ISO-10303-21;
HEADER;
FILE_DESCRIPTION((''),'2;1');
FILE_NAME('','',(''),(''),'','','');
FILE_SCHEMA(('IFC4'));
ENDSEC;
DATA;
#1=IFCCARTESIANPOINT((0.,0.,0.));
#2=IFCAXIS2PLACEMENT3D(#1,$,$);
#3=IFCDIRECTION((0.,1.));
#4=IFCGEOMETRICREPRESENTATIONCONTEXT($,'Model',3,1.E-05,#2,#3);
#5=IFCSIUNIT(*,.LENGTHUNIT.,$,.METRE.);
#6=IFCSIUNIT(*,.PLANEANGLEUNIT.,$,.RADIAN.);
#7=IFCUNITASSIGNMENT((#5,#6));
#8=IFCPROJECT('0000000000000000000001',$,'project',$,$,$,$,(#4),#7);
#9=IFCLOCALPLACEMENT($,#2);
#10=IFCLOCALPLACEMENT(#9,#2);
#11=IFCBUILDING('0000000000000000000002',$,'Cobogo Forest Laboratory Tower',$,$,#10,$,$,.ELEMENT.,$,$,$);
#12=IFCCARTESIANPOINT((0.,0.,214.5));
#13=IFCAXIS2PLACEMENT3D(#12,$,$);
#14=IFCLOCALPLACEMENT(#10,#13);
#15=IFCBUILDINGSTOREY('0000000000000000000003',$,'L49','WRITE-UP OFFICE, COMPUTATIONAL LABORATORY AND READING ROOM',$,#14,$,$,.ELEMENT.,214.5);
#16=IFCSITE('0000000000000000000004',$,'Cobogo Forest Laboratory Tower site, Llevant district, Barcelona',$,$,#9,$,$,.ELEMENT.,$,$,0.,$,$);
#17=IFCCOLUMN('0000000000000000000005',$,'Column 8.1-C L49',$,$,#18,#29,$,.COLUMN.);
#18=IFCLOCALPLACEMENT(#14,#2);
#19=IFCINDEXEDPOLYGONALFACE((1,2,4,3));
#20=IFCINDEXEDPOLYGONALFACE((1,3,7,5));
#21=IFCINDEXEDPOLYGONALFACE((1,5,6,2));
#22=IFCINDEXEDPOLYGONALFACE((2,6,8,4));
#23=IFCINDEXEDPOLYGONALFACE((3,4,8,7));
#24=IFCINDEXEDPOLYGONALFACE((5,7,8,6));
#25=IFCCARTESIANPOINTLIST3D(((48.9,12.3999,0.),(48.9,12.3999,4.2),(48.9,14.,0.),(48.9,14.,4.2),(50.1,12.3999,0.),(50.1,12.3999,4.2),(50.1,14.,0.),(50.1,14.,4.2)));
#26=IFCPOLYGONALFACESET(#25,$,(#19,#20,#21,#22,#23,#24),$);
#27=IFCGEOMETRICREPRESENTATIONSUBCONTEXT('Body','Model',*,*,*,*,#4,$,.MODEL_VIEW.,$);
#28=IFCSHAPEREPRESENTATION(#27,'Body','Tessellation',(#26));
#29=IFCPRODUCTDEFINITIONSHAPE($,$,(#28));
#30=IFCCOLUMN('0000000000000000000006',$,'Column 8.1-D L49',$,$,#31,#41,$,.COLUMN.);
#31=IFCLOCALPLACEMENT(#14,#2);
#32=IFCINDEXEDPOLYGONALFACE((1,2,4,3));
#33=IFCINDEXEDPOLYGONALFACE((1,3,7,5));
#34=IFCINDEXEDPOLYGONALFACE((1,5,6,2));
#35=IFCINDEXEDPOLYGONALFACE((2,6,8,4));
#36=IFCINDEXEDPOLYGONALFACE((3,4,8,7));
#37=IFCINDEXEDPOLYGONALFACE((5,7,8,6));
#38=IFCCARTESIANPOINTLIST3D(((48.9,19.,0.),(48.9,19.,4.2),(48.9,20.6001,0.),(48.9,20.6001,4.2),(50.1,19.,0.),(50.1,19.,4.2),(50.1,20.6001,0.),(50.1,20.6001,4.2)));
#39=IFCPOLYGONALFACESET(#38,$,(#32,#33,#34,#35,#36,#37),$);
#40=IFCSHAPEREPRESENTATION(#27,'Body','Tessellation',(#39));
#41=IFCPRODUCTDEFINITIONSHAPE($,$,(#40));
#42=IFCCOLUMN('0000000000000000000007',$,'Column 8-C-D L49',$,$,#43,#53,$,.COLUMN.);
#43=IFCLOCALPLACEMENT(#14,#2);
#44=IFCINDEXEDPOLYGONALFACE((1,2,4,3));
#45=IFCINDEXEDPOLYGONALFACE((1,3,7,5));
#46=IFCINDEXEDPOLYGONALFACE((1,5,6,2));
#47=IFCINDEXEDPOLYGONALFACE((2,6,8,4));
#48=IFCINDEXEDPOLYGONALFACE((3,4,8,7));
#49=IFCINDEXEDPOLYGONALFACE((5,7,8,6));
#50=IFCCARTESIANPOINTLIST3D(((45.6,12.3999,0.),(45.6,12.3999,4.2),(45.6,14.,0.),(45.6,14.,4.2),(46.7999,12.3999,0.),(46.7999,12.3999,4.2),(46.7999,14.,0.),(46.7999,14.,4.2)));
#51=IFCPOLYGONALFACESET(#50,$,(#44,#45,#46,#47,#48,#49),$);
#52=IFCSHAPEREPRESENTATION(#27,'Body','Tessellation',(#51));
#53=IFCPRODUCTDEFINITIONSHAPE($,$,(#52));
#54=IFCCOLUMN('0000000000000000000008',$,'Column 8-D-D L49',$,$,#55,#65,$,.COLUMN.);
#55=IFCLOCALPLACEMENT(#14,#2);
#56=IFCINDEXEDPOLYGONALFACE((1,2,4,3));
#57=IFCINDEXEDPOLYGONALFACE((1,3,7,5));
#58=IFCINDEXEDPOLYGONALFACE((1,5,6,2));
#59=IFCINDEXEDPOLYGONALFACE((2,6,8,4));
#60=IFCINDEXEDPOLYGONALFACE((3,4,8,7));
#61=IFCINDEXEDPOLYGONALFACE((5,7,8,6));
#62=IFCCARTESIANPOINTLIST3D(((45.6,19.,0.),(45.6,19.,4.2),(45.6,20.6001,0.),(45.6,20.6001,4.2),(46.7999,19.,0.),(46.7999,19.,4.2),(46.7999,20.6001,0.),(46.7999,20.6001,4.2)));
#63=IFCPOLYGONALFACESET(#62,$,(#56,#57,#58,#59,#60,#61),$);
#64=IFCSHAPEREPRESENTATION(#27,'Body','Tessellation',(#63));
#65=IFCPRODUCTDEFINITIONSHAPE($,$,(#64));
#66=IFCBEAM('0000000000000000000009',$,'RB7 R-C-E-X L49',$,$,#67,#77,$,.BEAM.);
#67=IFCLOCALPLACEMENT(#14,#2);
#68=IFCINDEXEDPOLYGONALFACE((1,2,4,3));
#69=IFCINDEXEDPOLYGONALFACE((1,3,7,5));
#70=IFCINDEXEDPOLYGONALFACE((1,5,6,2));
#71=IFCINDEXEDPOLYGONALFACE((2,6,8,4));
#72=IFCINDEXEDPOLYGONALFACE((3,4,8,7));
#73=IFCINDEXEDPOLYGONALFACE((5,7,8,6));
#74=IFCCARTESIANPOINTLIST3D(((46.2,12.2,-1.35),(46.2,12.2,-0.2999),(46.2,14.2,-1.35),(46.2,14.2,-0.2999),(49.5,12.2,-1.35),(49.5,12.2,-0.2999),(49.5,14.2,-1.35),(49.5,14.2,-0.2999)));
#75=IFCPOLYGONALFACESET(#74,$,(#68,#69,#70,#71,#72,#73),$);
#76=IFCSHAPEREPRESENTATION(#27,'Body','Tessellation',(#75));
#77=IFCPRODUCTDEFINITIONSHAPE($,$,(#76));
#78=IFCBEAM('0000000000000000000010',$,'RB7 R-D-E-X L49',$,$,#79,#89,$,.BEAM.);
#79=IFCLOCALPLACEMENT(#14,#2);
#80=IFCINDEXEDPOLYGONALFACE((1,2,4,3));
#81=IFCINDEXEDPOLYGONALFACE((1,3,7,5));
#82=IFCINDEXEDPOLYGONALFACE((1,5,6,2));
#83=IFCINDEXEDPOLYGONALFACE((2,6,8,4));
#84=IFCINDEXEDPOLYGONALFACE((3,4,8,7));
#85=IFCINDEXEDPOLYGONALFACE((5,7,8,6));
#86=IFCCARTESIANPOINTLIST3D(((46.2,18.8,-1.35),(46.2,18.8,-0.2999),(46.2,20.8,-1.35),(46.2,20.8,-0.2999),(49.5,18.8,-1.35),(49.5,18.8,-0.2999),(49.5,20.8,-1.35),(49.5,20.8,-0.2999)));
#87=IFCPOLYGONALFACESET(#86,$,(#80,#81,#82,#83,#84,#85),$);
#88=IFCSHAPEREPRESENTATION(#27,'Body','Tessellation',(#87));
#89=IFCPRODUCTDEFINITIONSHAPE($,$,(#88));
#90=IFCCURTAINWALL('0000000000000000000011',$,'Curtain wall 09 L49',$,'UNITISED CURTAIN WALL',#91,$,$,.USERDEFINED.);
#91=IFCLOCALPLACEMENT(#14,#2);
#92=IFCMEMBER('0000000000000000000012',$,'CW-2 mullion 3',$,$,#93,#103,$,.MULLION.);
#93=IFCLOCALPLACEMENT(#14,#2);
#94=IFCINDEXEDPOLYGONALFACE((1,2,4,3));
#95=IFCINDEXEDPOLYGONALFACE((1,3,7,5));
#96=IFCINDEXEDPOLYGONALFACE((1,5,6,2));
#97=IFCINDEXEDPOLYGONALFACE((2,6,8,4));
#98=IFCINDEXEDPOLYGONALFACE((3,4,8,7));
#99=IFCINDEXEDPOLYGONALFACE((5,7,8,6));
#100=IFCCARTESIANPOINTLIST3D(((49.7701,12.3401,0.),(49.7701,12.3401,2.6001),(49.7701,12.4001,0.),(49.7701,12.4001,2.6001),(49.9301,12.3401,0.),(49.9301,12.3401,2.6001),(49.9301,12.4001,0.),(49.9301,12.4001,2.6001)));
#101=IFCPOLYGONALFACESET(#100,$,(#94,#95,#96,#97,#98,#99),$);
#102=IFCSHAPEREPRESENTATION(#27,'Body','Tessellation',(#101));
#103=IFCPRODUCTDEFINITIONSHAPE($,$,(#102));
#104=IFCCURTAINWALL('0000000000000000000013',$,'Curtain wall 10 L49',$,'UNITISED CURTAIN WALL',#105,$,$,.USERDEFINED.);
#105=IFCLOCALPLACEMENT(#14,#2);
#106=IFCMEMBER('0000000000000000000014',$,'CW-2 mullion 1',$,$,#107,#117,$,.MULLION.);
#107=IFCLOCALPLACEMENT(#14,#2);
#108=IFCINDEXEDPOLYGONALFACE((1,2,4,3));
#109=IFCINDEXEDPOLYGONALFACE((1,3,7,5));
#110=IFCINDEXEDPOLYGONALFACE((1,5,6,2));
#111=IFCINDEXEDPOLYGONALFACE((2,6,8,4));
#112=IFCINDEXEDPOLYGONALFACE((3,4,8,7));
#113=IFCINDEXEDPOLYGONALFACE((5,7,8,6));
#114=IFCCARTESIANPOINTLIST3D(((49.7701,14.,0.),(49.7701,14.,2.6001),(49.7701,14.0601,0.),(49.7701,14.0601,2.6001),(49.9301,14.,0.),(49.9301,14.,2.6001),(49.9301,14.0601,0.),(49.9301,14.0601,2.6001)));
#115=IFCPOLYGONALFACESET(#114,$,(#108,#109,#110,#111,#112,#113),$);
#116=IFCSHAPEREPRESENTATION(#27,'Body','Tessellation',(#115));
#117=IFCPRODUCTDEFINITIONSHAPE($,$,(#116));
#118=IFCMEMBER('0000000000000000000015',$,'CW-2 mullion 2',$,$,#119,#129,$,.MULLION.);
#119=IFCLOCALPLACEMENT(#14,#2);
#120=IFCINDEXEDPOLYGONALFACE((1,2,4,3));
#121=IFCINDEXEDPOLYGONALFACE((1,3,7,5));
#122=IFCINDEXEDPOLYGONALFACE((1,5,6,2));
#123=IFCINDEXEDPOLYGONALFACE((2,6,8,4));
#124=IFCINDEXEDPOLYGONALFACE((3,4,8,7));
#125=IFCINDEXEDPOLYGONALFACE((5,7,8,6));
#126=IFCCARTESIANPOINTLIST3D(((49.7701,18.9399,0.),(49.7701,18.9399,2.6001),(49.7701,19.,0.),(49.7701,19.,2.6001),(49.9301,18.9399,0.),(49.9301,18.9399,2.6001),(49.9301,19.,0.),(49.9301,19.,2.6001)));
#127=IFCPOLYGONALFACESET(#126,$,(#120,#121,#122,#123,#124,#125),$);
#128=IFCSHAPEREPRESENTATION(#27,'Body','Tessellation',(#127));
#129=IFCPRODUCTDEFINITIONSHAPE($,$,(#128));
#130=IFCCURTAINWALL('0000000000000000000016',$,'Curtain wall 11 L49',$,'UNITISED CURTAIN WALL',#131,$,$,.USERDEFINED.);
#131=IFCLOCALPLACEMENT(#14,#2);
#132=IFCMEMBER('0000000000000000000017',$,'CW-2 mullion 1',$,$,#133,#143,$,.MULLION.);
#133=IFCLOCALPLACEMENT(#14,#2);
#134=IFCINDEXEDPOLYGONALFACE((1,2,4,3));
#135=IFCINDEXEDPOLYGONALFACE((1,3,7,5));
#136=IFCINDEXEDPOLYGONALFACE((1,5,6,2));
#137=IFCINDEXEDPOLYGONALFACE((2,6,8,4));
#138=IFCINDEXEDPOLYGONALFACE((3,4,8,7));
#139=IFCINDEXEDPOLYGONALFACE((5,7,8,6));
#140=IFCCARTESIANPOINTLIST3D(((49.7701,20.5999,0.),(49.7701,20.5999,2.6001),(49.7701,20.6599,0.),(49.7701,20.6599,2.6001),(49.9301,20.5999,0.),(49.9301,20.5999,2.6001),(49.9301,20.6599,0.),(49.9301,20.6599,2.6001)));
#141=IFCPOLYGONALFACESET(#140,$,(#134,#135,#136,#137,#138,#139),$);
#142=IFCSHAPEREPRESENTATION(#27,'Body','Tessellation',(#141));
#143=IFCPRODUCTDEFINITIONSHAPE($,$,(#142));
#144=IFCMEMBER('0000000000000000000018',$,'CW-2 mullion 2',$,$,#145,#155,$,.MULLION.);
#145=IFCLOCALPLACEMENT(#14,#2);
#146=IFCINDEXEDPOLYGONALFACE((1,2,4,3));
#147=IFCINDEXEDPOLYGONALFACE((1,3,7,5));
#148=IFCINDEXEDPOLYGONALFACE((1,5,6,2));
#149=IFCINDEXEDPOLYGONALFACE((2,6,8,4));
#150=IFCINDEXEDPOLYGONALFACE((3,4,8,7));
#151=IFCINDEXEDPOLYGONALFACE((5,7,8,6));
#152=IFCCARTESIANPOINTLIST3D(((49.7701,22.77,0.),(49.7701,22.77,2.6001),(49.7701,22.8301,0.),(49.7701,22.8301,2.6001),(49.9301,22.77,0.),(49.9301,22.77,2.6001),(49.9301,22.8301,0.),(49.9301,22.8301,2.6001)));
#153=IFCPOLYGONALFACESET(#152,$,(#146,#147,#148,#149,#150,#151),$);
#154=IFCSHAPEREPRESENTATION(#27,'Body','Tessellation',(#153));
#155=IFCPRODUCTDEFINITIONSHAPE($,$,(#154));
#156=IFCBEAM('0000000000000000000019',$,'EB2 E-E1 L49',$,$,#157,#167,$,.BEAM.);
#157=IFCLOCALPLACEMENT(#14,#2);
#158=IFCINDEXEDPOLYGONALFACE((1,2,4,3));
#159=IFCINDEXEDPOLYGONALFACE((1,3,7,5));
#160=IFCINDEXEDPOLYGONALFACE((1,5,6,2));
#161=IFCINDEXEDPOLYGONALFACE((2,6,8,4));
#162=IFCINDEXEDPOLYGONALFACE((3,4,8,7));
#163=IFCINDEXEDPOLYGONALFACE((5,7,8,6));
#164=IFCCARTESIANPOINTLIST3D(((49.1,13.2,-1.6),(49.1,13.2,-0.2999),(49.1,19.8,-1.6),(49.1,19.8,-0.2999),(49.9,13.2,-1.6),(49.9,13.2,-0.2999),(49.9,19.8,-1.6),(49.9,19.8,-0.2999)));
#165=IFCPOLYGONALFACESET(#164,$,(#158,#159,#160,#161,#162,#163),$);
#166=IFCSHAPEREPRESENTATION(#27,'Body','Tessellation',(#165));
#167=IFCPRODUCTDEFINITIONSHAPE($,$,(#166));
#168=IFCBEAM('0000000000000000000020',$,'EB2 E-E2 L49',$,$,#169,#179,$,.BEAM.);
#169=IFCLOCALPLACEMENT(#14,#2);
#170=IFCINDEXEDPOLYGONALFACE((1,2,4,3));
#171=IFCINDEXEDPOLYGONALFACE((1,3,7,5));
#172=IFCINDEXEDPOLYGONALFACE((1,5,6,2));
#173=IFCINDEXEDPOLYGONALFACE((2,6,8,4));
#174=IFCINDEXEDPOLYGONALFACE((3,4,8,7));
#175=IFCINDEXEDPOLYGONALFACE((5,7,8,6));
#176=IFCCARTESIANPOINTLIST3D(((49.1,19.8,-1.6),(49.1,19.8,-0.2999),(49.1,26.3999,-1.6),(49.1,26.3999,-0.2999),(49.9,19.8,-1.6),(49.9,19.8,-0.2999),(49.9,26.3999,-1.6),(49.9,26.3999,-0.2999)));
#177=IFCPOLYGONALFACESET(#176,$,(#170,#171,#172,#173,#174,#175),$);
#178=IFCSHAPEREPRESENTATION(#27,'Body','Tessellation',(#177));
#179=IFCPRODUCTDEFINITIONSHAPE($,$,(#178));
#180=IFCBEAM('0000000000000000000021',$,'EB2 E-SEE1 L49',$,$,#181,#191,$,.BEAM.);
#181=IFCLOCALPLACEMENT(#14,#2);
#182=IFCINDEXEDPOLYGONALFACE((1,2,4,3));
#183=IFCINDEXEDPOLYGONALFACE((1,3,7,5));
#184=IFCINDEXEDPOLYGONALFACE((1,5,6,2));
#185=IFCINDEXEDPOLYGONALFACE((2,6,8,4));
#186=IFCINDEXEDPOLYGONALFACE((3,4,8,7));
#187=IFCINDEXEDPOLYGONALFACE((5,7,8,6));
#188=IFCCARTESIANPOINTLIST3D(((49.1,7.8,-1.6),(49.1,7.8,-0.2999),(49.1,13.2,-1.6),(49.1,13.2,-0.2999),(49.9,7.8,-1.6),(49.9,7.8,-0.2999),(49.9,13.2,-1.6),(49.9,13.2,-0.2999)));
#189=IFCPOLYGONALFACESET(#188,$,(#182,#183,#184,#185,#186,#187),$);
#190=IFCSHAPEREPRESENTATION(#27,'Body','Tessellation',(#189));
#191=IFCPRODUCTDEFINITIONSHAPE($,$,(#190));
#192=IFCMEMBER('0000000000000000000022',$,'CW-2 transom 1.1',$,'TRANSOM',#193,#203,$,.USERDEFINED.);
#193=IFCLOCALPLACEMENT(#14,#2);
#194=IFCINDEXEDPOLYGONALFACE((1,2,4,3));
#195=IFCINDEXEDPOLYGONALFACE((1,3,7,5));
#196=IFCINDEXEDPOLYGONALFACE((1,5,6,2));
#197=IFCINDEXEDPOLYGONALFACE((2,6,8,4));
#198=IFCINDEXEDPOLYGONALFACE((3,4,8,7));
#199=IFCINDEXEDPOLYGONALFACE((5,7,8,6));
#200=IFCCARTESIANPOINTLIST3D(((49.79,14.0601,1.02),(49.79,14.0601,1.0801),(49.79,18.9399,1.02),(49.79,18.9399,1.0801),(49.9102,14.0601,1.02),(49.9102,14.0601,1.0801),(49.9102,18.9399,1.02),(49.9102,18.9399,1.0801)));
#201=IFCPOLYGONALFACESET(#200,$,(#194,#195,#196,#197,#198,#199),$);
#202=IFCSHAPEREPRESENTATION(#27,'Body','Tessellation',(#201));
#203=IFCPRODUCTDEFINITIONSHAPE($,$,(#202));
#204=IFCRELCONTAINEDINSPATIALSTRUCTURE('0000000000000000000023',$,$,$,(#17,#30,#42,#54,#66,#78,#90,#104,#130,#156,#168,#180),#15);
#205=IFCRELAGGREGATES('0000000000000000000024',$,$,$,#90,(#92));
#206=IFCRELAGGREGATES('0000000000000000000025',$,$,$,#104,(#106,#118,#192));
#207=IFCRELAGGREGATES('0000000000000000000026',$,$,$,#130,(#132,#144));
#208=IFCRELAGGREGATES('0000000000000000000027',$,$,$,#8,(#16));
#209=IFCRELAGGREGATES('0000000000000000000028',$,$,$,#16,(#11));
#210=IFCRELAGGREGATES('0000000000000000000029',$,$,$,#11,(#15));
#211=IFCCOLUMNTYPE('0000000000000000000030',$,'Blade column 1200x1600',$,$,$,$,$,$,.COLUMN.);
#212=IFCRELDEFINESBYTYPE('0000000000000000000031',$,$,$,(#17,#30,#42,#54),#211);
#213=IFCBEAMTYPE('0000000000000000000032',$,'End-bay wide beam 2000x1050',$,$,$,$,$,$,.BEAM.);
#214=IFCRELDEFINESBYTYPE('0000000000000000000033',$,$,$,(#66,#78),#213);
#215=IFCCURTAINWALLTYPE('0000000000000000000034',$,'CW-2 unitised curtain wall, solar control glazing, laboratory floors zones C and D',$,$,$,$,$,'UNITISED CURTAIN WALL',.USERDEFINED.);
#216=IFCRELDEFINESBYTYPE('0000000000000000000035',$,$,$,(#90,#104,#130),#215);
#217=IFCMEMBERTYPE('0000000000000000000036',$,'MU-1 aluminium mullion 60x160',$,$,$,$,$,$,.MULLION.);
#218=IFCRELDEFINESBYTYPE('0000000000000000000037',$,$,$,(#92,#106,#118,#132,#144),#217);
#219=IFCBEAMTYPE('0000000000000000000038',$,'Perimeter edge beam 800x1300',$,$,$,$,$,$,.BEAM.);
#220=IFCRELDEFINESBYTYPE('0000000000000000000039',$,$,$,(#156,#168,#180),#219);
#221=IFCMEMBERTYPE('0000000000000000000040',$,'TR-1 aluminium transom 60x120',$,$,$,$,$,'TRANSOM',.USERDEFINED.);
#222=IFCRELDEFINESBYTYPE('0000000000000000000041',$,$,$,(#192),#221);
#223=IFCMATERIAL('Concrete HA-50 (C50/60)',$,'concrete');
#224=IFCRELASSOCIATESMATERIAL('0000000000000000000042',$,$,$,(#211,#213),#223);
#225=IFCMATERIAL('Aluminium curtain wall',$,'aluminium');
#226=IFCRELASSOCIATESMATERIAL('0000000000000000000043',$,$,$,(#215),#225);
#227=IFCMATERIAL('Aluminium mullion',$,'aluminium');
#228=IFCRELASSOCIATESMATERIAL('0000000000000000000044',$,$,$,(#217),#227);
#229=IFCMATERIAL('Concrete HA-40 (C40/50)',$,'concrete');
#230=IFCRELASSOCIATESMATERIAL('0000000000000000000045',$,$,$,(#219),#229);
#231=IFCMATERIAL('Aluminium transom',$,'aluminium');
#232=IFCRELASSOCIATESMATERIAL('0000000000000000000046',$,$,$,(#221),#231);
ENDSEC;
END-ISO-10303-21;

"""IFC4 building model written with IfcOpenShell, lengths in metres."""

from ifc_helpers import new_model, si_unit, direction, frame, origin, origin_2d, place, context, subcontext, project, spatial, rectangle, extrude, material, material_profile, profile_set, type_object, element, aggregate, save


model = new_model("IFC4")

# Units and contexts
model_context = context("Model", 3, precision=1e-05, world=origin(), true_north=direction((0.0, 1.0)))
body_context = subcontext(model_context, "Body", "Model", "MODEL_VIEW")
ifc_project = project(units=[si_unit("LENGTHUNIT", "METRE"), si_unit("PLANEANGLEUNIT", "RADIAN")], contexts=[model_context])

# Site, building, storey
site_placement = place(None, origin())
site = spatial("IfcSite", under=ifc_project, at=site_placement, Name="Cobogo Forest Laboratory Tower site, Llevant district, Barcelona", CompositionType="ELEMENT", RefElevation=0.0)
building_placement = place(site_placement, origin())
building = spatial("IfcBuilding", under=site, at=building_placement, Name="Cobogo Forest Laboratory Tower", CompositionType="ELEMENT")
storey_placement = place(building_placement, frame((0.0, 0.0, 214.5)))
storey = spatial("IfcBuildingStorey", under=building, at=storey_placement, Name="L49", Description="WRITE-UP OFFICE, COMPUTATIONAL LABORATORY AND READING ROOM", CompositionType="ELEMENT", Elevation=214.5)

# Columns
ifc_material_1 = material(Name="Concrete HA-50 (C50/60)", Category="concrete")
ifc_material_profile_1 = material_profile(ifc_material_1, rectangle(XDim=1.6001, YDim=1.2, at=origin_2d()), Name="RC 1200x1600")
ifc_profile_set_1 = profile_set([ifc_material_profile_1], Name="Concrete HA-50 (C50/60)")
column_type = type_object("IfcColumnType", Name="Blade column 1200x1600", PredefinedType="COLUMN", material=ifc_profile_set_1)
for number, where, z_axis, x_axis, name in (
    (1, (49.5, 13.2, 0.0), (0.0, 0.0, 1.0), (0.0, 1.0, 0.0), "Column 8.1-C L49"),
    (2, (49.5, 19.8, 0.0), (0.0, 0.0, 1.0), (0.0, 1.0, 0.0), "Column 8.1-D L49"),
    (3, (46.2, 13.2, 0.0), (0.0, 0.0, 1.0), (0.0, 1.0, 0.0), "Column 8-C-D L49"),
    (4, (46.2, 19.8, 0.0), (0.0, 0.0, 1.0), (0.0, 1.0, 0.0), "Column 8-D-D L49"),
):
    element("IfcColumn", number, at=place(storey_placement, frame(where, z_axis=z_axis, x_axis=x_axis)), inside=storey, type_object=column_type, Name=name, PredefinedType="COLUMN", context=body_context, shape_type="SweptSolid", body=[
        extrude(rectangle(XDim=1.6001, YDim=1.2, at=origin_2d()), origin(), (0.0, 0.0, 1.0), 4.2),
    ])

# Beams
ifc_material_profile_2 = material_profile(ifc_material_1, rectangle(XDim=2.0, YDim=1.05, at=origin_2d()), Name="RC 2000x1050")
ifc_profile_set_2 = profile_set([ifc_material_profile_2], Name="Concrete HA-50 (C50/60)")
beam_type_1 = type_object("IfcBeamType", Name="End-bay wide beam 2000x1050", PredefinedType="BEAM", material=ifc_profile_set_2)
for number, where, z_axis, x_axis, name in (
    (5, (49.5, 13.2, -0.825), (-1.0, 0.0, 0.0), (0.0, -1.0, 0.0), "RB7 R-C-E-X L49"),
    (6, (49.5, 19.8, -0.825), (-1.0, 0.0, 0.0), (0.0, -1.0, 0.0), "RB7 R-D-E-X L49"),
):
    element("IfcBeam", number, at=place(storey_placement, frame(where, z_axis=z_axis, x_axis=x_axis)), inside=storey, type_object=beam_type_1, Name=name, PredefinedType="BEAM", context=body_context, shape_type="SweptSolid", body=[
        extrude(rectangle(XDim=2.0, YDim=1.05, at=origin_2d()), origin(), (0.0, 0.0, 1.0), 3.3),
    ])

# Curtain wall, member
ifc_material_2 = material(Name="Aluminium curtain wall", Category="aluminium")
curtain_wall_type = type_object("IfcCurtainWallType", Name="CW-2 unitised curtain wall, solar control glazing, laboratory floors zones C and D", ElementType="UNITISED CURTAIN WALL", PredefinedType="USERDEFINED", material=ifc_material_2)
curtain_wall_1_placement = place(storey_placement, origin())
curtain_wall_1 = element("IfcCurtainWall", 7, at=curtain_wall_1_placement, inside=storey, type_object=curtain_wall_type, Name="Curtain wall 09 L49", ObjectType="UNITISED CURTAIN WALL", PredefinedType="USERDEFINED")
ifc_material_3 = material(Name="Aluminium mullion", Category="aluminium")
ifc_material_profile_3 = material_profile(ifc_material_3, rectangle(XDim=0.0601, YDim=0.1599, at=origin_2d()), Name="AL 60x160")
ifc_profile_set_3 = profile_set([ifc_material_profile_3], Name="Aluminium mullion")
member_type_1 = type_object("IfcMemberType", Name="MU-1 aluminium mullion 60x160", PredefinedType="MULLION", material=ifc_profile_set_3)
member_1_placement = place(storey_placement, frame((49.8501, 12.3701, 0.0), z_axis=(0.0, 0.0, 1.0), x_axis=(0.0, 1.0, 0.0)))
member_1 = element("IfcMember", 8, at=member_1_placement, type_object=member_type_1, Name="CW-2 mullion 3", PredefinedType="MULLION", context=body_context, shape_type="SweptSolid", body=[
    extrude(rectangle(XDim=0.0601, YDim=0.1599, at=origin_2d()), origin(), (0.0, 0.0, 1.0), 2.6001),
])

# Curtain walls, members
curtain_wall_2_placement = place(storey_placement, origin())
curtain_wall_2 = element("IfcCurtainWall", 9, at=curtain_wall_2_placement, inside=storey, type_object=curtain_wall_type, Name="Curtain wall 10 L49", ObjectType="UNITISED CURTAIN WALL", PredefinedType="USERDEFINED")
member_2_placement = place(storey_placement, frame((49.8501, 14.03, 0.0), z_axis=(0.0, 0.0, 1.0), x_axis=(0.0, 1.0, 0.0)))
member_2 = element("IfcMember", 10, at=member_2_placement, type_object=member_type_1, Name="CW-2 mullion 1", PredefinedType="MULLION", context=body_context, shape_type="SweptSolid", body=[
    extrude(rectangle(XDim=0.0601, YDim=0.1599, at=origin_2d()), origin(), (0.0, 0.0, 1.0), 2.6001),
])
member_3_placement = place(storey_placement, frame((49.8501, 18.97, 0.0), z_axis=(0.0, 0.0, 1.0), x_axis=(0.0, 1.0, 0.0)))
member_3 = element("IfcMember", 11, at=member_3_placement, type_object=member_type_1, Name="CW-2 mullion 2", PredefinedType="MULLION", context=body_context, shape_type="SweptSolid", body=[
    extrude(rectangle(XDim=0.0601, YDim=0.1599, at=origin_2d()), origin(), (0.0, 0.0, 1.0), 2.6001),
])
curtain_wall_3_placement = place(storey_placement, origin())
curtain_wall_3 = element("IfcCurtainWall", 12, at=curtain_wall_3_placement, inside=storey, type_object=curtain_wall_type, Name="Curtain wall 11 L49", ObjectType="UNITISED CURTAIN WALL", PredefinedType="USERDEFINED")
member_4_placement = place(storey_placement, frame((49.8501, 20.6299, 0.0), z_axis=(0.0, 0.0, 1.0), x_axis=(0.0, 1.0, 0.0)))
member_4 = element("IfcMember", 13, at=member_4_placement, type_object=member_type_1, Name="CW-2 mullion 1", PredefinedType="MULLION", context=body_context, shape_type="SweptSolid", body=[
    extrude(rectangle(XDim=0.0601, YDim=0.1599, at=origin_2d()), origin(), (0.0, 0.0, 1.0), 2.6001),
])
member_5_placement = place(storey_placement, frame((49.8501, 22.8, 0.0), z_axis=(0.0, 0.0, 1.0), x_axis=(0.0, 1.0, 0.0)))
member_5 = element("IfcMember", 14, at=member_5_placement, type_object=member_type_1, Name="CW-2 mullion 2", PredefinedType="MULLION", context=body_context, shape_type="SweptSolid", body=[
    extrude(rectangle(XDim=0.0601, YDim=0.1599, at=origin_2d()), origin(), (0.0, 0.0, 1.0), 2.6001),
])

# Beams
ifc_material_4 = material(Name="Concrete HA-40 (C40/50)", Category="concrete")
ifc_material_profile_4 = material_profile(ifc_material_4, rectangle(XDim=0.8, YDim=1.3, at=origin_2d()), Name="RC 800x1300")
ifc_profile_set_4 = profile_set([ifc_material_profile_4], Name="Concrete HA-40 (C40/50)")
beam_type_2 = type_object("IfcBeamType", Name="Perimeter edge beam 800x1300", PredefinedType="BEAM", material=ifc_profile_set_4)
beam_1_placement = place(storey_placement, frame((49.5, 13.2, -0.95), z_axis=(0.0, 1.0, 0.0), x_axis=(-1.0, 0.0, 0.0)))
element("IfcBeam", 15, at=beam_1_placement, inside=storey, type_object=beam_type_2, Name="EB2 E-E1 L49", PredefinedType="BEAM", context=body_context, shape_type="SweptSolid", body=[
    extrude(rectangle(XDim=0.8, YDim=1.3, at=origin_2d()), origin(), (0.0, 0.0, 1.0), 6.6001),
])
beam_2_placement = place(storey_placement, frame((49.5, 19.8, -0.95), z_axis=(0.0, 1.0, 0.0), x_axis=(-1.0, 0.0, 0.0)))
element("IfcBeam", 16, at=beam_2_placement, inside=storey, type_object=beam_type_2, Name="EB2 E-E2 L49", PredefinedType="BEAM", context=body_context, shape_type="SweptSolid", body=[
    extrude(rectangle(XDim=0.8, YDim=1.3, at=origin_2d()), origin(), (0.0, 0.0, 1.0), 6.5999),
])
beam_3_placement = place(storey_placement, frame((49.5, 13.2, -0.95), z_axis=(0.0, -1.0, 0.0), x_axis=(1.0, 0.0, 0.0)))
element("IfcBeam", 17, at=beam_3_placement, inside=storey, type_object=beam_type_2, Name="EB2 E-SEE1 L49", PredefinedType="BEAM", context=body_context, shape_type="SweptSolid", body=[
    extrude(rectangle(XDim=0.8, YDim=1.3, at=origin_2d()), origin(), (0.0, 0.0, 1.0), 5.3999),
])

# Member
ifc_material_5 = material(Name="Aluminium transom", Category="aluminium")
ifc_material_profile_5 = material_profile(ifc_material_5, rectangle(XDim=0.1201, YDim=0.0601, at=origin_2d()), Name="AL 60x120")
ifc_profile_set_5 = profile_set([ifc_material_profile_5], Name="Aluminium transom")
member_type_2 = type_object("IfcMemberType", Name="TR-1 aluminium transom 60x120", ElementType="TRANSOM", PredefinedType="USERDEFINED", material=ifc_profile_set_5)
member_6_placement = place(storey_placement, frame((49.8501, 14.0601, 1.05), z_axis=(0.0, 1.0, 0.0), x_axis=(-1.0, 0.0, 0.0)))
member_6 = element("IfcMember", 18, at=member_6_placement, type_object=member_type_2, Name="CW-2 transom 1.1", ObjectType="TRANSOM", PredefinedType="USERDEFINED", context=body_context, shape_type="SweptSolid", body=[
    extrude(rectangle(XDim=0.1201, YDim=0.0601, at=origin_2d()), origin(), (0.0, 0.0, 1.0), 4.8799),
])

aggregate(curtain_wall_1, [member_1])
aggregate(curtain_wall_2, [member_2, member_3, member_6])
aggregate(curtain_wall_3, [member_4, member_5])

save(model, "model.ifc")
